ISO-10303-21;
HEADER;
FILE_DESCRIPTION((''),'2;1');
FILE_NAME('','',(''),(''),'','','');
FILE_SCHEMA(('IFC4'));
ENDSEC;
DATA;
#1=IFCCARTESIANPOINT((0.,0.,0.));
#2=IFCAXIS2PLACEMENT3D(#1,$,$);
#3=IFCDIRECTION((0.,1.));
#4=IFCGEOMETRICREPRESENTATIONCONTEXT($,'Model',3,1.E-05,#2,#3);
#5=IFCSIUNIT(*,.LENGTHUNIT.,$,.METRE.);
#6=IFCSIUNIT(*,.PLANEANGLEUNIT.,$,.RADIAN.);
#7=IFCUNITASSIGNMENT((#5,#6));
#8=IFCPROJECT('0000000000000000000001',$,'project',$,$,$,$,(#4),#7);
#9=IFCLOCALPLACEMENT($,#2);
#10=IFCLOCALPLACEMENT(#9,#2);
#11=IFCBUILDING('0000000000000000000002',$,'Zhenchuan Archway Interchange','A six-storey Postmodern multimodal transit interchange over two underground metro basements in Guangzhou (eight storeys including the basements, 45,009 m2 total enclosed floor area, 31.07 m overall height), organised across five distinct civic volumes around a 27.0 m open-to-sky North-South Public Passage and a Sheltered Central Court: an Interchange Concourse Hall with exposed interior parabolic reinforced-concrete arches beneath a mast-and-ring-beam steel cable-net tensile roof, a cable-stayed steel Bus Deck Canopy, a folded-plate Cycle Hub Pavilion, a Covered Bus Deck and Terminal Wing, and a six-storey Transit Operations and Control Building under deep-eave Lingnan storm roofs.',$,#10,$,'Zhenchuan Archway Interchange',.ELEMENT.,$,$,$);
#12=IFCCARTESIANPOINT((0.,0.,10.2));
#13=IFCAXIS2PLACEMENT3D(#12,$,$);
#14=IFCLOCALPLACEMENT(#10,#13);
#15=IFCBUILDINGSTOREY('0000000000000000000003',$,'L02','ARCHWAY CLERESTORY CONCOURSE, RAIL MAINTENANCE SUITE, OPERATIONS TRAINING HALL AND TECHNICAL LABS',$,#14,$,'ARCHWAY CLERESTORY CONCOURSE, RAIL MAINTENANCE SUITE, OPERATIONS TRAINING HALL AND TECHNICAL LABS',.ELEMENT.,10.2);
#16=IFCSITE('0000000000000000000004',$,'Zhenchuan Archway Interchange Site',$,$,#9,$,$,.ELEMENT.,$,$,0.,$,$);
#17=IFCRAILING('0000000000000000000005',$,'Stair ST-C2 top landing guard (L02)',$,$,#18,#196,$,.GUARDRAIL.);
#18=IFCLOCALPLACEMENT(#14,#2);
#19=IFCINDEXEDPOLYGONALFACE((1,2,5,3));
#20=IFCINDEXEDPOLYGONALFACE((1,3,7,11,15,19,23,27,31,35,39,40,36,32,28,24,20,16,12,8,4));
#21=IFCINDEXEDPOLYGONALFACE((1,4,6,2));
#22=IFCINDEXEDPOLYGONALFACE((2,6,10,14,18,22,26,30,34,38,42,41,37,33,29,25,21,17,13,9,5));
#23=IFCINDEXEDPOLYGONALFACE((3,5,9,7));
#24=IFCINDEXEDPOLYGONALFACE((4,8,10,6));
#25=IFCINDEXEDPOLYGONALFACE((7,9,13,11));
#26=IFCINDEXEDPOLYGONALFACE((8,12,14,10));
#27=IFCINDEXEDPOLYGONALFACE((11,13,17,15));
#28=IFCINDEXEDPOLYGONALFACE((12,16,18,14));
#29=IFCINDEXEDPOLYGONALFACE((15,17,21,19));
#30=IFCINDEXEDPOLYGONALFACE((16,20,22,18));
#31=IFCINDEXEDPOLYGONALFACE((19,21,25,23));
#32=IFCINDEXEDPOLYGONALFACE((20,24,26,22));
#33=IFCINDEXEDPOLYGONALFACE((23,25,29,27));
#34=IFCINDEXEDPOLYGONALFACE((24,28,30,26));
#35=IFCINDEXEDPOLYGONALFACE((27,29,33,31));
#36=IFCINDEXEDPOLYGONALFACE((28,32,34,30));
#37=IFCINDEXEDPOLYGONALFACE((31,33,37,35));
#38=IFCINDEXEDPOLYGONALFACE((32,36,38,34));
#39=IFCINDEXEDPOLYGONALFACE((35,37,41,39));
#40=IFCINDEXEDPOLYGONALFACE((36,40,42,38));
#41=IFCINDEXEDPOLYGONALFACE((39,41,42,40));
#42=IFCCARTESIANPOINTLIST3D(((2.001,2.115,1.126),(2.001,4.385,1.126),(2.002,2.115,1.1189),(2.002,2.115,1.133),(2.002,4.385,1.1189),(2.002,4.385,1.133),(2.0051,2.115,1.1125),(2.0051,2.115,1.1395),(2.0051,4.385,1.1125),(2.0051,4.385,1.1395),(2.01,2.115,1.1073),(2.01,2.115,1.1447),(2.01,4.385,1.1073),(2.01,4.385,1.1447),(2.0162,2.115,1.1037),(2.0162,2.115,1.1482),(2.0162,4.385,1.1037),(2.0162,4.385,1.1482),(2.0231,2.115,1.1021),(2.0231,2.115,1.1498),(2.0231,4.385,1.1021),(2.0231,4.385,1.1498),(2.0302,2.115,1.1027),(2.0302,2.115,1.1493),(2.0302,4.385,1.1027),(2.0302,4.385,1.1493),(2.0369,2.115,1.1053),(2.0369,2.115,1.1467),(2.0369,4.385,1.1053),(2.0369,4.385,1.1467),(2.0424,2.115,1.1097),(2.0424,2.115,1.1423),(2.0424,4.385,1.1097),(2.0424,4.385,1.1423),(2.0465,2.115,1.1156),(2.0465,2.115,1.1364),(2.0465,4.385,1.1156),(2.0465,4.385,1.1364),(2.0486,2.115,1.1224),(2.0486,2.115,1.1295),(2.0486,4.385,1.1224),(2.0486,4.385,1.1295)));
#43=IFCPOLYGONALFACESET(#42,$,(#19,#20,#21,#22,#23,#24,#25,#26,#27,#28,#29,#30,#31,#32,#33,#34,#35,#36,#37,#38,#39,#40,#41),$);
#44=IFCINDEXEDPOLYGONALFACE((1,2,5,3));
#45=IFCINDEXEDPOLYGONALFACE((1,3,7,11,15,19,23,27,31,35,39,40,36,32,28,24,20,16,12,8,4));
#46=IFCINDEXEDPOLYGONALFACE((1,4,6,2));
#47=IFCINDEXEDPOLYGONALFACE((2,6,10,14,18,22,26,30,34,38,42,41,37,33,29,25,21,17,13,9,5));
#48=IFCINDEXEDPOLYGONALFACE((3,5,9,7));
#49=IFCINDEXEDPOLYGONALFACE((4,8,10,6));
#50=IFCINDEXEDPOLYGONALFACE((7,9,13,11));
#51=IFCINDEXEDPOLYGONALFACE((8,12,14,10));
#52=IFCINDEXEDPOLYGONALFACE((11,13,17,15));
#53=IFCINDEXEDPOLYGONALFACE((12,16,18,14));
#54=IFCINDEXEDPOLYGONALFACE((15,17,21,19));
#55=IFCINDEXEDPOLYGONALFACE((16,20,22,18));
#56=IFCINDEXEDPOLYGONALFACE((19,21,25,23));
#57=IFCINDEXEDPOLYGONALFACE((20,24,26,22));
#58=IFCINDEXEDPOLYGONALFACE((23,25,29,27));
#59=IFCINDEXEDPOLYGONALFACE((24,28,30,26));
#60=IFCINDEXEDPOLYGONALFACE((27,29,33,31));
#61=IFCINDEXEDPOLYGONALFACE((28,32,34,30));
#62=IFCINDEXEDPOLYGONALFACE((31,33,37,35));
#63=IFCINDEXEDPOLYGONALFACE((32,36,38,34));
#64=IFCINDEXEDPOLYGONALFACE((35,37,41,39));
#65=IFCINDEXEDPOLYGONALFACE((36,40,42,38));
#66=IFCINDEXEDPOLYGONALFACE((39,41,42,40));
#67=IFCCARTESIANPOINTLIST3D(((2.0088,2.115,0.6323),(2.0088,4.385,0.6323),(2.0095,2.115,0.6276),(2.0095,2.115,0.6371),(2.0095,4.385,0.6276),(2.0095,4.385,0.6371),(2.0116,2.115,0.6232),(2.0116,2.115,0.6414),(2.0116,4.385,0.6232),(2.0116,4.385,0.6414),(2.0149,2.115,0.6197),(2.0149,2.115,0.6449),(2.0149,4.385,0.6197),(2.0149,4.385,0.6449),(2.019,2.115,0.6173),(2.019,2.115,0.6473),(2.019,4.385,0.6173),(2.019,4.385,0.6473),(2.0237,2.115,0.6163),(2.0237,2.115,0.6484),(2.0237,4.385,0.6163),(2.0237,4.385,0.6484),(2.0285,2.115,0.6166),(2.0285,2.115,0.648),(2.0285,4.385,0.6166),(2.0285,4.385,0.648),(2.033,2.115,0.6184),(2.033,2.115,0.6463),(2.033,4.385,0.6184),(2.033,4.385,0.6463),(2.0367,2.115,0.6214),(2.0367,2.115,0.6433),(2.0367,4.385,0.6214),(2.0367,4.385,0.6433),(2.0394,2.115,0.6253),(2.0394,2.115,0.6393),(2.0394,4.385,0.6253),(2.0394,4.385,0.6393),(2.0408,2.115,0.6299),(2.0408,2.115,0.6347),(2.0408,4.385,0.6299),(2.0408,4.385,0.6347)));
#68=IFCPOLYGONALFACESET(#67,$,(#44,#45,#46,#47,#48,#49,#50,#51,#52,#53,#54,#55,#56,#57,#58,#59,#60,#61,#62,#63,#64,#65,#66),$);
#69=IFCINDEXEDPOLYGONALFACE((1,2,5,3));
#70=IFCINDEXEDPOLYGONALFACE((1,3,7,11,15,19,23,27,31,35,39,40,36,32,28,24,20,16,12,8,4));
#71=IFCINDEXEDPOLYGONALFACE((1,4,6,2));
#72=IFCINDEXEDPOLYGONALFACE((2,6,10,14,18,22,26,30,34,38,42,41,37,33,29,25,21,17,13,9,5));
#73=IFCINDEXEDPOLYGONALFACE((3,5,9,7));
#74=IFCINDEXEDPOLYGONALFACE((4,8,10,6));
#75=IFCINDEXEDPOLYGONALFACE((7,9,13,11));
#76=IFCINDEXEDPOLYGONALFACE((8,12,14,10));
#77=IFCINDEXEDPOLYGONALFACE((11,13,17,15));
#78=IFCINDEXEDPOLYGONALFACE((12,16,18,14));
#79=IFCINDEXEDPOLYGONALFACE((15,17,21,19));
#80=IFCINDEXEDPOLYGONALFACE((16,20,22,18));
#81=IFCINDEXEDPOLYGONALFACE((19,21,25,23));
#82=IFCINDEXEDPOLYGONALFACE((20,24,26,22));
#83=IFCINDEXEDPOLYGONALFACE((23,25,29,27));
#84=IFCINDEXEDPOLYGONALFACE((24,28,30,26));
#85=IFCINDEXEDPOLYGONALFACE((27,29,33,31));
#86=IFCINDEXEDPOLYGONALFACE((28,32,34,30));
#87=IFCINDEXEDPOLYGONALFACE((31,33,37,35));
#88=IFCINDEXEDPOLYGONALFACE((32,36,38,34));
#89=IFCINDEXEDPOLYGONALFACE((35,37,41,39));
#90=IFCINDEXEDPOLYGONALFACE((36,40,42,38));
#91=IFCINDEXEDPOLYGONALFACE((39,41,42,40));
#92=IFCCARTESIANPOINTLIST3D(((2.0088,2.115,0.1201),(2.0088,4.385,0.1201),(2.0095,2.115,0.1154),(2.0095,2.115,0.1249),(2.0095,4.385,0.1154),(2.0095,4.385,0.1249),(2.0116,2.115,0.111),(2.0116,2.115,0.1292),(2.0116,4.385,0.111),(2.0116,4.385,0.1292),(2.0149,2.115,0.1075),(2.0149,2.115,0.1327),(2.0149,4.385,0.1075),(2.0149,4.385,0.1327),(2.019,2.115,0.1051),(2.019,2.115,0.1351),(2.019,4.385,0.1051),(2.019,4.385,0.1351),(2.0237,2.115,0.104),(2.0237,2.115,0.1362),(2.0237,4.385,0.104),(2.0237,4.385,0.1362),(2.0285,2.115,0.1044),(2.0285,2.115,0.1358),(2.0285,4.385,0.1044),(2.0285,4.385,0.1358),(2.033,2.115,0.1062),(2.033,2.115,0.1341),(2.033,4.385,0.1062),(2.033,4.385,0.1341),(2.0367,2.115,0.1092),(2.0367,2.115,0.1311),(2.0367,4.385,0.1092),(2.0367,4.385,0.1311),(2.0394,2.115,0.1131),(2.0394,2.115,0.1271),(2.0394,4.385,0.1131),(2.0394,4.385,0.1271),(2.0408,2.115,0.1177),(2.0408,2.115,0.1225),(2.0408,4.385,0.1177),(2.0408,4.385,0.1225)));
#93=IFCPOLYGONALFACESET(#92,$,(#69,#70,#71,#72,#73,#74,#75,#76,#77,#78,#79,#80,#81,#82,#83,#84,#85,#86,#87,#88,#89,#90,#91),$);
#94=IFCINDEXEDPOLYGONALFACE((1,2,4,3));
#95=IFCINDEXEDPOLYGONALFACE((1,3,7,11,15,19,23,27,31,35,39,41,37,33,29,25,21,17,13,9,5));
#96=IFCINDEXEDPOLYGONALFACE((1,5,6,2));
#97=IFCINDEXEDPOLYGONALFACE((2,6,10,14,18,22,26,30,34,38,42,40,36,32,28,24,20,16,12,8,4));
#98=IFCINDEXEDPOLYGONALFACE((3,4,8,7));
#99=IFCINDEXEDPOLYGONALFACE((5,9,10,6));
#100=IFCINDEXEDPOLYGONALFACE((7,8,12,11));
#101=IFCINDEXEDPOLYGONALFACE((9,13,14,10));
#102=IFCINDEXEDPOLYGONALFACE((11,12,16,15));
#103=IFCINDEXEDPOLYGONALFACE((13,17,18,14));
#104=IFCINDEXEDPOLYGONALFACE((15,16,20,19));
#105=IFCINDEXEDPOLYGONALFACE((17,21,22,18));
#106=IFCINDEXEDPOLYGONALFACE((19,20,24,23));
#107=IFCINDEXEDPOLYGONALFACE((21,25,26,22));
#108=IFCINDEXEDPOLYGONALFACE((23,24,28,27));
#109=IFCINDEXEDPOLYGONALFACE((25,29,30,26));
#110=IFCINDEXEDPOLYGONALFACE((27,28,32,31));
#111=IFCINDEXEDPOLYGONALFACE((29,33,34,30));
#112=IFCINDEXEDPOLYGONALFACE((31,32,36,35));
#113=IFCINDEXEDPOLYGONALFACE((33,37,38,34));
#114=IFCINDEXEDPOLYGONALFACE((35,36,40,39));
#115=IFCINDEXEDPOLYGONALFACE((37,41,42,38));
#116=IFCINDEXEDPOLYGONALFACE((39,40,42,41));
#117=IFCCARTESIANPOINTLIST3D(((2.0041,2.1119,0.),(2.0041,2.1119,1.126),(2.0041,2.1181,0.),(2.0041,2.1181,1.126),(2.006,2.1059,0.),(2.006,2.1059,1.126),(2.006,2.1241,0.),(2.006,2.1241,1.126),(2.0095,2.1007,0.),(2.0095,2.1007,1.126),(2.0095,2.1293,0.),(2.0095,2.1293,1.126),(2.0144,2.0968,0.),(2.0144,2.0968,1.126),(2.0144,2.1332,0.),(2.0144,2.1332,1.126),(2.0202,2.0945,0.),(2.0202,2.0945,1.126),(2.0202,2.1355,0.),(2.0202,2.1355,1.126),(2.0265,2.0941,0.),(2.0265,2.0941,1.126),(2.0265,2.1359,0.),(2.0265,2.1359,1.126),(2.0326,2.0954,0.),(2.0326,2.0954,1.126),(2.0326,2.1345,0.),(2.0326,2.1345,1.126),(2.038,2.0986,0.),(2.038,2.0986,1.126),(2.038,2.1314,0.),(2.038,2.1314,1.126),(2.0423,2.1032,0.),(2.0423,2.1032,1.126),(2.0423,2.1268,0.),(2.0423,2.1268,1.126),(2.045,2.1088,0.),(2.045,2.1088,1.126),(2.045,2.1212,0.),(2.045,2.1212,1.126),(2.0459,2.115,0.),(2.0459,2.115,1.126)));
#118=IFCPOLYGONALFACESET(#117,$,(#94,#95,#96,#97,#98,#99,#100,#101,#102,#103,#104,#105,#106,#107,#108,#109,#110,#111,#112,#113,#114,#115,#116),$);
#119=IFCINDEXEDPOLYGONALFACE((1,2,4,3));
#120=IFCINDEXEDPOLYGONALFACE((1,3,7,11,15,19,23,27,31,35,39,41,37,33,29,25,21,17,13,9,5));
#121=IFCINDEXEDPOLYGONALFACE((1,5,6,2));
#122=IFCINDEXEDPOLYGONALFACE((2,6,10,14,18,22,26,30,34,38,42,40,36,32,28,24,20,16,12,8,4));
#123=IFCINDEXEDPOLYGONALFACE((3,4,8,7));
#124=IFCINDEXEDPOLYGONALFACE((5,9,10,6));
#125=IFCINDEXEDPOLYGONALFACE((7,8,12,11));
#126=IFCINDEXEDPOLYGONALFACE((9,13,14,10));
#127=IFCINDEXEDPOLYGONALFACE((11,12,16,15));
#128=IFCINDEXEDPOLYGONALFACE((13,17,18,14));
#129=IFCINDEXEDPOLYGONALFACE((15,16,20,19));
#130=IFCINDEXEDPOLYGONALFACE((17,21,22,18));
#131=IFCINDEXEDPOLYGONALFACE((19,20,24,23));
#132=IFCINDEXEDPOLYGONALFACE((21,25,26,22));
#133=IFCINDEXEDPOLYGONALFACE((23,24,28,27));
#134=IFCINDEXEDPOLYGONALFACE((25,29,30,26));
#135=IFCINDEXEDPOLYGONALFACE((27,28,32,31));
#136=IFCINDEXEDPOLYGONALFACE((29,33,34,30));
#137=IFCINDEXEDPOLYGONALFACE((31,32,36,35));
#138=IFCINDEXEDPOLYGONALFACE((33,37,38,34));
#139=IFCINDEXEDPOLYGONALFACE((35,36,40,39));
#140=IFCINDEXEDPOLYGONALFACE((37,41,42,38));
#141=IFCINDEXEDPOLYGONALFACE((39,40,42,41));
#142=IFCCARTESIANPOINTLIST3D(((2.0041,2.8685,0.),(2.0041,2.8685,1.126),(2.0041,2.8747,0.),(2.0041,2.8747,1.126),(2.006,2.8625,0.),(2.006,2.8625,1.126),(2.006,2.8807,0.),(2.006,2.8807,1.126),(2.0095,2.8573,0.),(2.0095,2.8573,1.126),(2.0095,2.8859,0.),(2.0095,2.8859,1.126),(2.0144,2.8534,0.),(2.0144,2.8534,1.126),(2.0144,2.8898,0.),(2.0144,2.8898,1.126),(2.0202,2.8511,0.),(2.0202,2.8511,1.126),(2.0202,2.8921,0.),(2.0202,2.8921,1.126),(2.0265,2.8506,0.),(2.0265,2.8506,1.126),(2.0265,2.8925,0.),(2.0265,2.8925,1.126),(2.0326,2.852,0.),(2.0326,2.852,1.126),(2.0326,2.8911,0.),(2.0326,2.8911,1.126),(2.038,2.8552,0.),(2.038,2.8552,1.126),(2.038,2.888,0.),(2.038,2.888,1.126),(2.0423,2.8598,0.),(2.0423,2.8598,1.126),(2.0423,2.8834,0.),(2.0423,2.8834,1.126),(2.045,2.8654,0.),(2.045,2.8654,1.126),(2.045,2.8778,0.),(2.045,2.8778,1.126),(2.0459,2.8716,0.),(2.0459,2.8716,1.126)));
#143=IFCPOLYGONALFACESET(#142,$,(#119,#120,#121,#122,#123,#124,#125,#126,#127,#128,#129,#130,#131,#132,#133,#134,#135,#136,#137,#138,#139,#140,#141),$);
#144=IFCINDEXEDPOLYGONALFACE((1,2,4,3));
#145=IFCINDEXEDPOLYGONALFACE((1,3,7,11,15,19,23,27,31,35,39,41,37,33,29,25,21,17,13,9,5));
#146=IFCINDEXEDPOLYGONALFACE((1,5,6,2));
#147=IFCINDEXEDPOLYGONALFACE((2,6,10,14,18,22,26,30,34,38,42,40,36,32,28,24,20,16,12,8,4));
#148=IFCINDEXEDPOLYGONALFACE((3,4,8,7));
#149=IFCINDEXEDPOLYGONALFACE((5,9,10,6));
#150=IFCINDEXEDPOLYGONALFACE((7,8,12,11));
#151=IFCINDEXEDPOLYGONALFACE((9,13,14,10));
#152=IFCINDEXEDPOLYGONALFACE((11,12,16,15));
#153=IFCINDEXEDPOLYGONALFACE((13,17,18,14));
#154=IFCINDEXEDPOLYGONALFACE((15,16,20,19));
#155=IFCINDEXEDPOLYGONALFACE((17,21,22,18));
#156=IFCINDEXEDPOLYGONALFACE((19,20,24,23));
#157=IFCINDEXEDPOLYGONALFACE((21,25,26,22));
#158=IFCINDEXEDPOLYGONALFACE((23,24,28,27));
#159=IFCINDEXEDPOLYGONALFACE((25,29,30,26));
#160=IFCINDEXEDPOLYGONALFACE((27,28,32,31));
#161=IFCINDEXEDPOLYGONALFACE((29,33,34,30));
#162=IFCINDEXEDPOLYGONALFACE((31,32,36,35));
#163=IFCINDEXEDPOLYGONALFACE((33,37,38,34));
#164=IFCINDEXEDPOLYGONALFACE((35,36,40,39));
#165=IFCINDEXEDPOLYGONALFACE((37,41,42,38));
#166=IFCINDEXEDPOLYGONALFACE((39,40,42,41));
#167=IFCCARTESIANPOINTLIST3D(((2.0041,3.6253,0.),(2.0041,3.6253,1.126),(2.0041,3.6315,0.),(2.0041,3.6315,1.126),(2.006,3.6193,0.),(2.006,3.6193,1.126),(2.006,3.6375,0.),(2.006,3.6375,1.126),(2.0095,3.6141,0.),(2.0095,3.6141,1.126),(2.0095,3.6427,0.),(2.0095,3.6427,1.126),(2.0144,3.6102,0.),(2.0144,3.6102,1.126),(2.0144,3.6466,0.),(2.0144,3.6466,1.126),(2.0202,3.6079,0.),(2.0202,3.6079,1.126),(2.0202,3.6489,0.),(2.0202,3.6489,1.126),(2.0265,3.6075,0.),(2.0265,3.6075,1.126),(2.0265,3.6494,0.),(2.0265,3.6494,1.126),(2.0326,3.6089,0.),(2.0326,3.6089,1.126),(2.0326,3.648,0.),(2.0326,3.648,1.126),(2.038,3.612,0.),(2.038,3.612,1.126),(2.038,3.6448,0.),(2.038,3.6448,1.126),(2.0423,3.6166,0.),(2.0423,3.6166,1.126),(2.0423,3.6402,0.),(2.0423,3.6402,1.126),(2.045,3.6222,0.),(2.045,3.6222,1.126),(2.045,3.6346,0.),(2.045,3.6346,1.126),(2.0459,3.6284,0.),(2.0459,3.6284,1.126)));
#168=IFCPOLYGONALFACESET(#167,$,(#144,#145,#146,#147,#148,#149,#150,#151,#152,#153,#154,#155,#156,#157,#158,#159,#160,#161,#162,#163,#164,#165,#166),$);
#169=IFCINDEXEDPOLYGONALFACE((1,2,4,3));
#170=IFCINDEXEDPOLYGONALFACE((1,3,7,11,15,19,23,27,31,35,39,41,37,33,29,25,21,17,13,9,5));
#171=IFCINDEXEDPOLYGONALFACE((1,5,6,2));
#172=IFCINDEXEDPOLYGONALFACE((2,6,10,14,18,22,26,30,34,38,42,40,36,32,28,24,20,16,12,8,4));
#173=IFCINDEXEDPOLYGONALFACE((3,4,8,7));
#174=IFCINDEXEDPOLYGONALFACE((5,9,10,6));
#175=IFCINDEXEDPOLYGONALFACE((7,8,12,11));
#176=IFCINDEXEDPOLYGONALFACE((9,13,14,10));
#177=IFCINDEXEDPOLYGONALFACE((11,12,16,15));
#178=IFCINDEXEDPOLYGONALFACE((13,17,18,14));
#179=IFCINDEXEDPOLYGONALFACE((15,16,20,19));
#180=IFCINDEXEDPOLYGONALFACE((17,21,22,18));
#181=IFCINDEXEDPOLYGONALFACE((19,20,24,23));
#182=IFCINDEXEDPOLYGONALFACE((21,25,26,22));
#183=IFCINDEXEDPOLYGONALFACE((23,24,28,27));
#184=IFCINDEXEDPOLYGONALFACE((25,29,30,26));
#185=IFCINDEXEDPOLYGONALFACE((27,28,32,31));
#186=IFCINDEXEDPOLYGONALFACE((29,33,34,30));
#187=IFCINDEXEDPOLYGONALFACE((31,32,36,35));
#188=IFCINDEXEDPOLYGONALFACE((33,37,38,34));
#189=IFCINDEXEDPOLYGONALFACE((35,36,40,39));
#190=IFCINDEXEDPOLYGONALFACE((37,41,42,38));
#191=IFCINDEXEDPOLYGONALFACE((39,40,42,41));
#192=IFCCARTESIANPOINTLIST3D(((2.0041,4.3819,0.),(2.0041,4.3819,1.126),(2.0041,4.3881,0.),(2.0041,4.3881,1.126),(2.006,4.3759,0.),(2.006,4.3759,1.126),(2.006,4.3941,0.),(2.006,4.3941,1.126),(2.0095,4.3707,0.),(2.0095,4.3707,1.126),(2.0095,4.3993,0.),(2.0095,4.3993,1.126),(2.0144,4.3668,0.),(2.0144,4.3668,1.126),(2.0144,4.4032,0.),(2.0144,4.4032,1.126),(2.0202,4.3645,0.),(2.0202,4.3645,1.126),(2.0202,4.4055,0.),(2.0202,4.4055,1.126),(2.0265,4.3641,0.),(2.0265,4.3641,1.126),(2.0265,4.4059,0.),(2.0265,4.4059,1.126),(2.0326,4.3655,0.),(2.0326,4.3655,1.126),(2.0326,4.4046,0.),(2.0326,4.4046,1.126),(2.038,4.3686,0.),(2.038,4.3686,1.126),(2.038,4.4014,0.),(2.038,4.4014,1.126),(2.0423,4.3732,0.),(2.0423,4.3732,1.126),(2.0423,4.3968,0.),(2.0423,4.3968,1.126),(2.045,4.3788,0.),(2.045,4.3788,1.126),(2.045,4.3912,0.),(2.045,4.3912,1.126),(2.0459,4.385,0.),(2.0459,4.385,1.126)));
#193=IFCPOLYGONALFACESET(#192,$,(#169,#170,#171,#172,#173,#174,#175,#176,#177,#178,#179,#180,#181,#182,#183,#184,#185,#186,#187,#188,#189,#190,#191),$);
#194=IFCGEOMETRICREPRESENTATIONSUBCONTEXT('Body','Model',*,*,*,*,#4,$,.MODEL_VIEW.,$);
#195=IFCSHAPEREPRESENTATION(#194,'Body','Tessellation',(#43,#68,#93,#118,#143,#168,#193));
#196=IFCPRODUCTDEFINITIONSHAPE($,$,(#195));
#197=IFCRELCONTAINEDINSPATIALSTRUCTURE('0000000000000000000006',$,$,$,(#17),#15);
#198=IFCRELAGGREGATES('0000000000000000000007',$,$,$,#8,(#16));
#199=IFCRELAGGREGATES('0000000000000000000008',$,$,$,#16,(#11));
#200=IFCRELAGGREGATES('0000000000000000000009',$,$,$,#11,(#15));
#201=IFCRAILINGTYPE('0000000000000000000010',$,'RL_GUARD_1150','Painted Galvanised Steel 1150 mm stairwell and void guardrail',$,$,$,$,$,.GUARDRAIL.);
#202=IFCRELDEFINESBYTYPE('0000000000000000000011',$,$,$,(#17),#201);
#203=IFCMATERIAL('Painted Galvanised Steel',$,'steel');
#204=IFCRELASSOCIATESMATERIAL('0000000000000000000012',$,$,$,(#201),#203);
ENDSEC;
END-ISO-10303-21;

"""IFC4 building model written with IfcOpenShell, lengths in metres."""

from ifc_helpers import new_model, si_unit, direction, frame, origin, origin_2d, place, context, subcontext, project, spatial, circle, extrude, material, type_object, element, save


model = new_model("IFC4")

# Units and contexts
model_context = context("Model", 3, precision=1e-05, world=origin(), true_north=direction((0.0, 1.0)))
body_context = subcontext(model_context, "Body", "Model", "MODEL_VIEW")
ifc_project = project(units=[si_unit("LENGTHUNIT", "METRE"), si_unit("PLANEANGLEUNIT", "RADIAN")], contexts=[model_context])

# Site, building, storey
site_placement = place(None, origin())
site = spatial("IfcSite", under=ifc_project, at=site_placement, Name="Zhenchuan Archway Interchange Site", CompositionType="ELEMENT", RefElevation=0.0)
building_placement = place(site_placement, origin())
building = spatial("IfcBuilding", under=site, at=building_placement, Name="Zhenchuan Archway Interchange", Description="A six-storey Postmodern multimodal transit interchange over two underground metro basements in Guangzhou (eight storeys including the basements, 45,009 m2 total enclosed floor area, 31.07 m overall height), organised across five distinct civic volumes around a 27.0 m open-to-sky North-South Public Passage and a Sheltered Central Court: an Interchange Concourse Hall with exposed interior parabolic reinforced-concrete arches beneath a mast-and-ring-beam steel cable-net tensile roof, a cable-stayed steel Bus Deck Canopy, a folded-plate Cycle Hub Pavilion, a Covered Bus Deck and Terminal Wing, and a six-storey Transit Operations and Control Building under deep-eave Lingnan storm roofs.", LongName="Zhenchuan Archway Interchange", CompositionType="ELEMENT")
storey_placement = place(building_placement, frame((0.0, 0.0, 10.2)))
storey = spatial("IfcBuildingStorey", under=building, at=storey_placement, Name="L02", Description="ARCHWAY CLERESTORY CONCOURSE, RAIL MAINTENANCE SUITE, OPERATIONS TRAINING HALL AND TECHNICAL LABS", LongName="ARCHWAY CLERESTORY CONCOURSE, RAIL MAINTENANCE SUITE, OPERATIONS TRAINING HALL AND TECHNICAL LABS", CompositionType="ELEMENT", Elevation=10.2)

# Railing
ifc_material_1 = material(Name="Painted Galvanised Steel", Category="steel")
railing_type = type_object("IfcRailingType", Name="RL_GUARD_1150", Description="Painted Galvanised Steel 1150 mm stairwell and void guardrail", PredefinedType="GUARDRAIL", material=ifc_material_1)
railing_placement = place(storey_placement, frame((2.0249, 2.115, 0.0)))
element("IfcRailing", 1, at=railing_placement, inside=storey, type_object=railing_type, Name="Stair ST-C2 top landing guard (L02)", PredefinedType="GUARDRAIL", context=body_context, shape_type="SweptSolid", body=[
    extrude(circle(Radius=0.0239, at=origin_2d()), frame((0.0, 0.0, 1.126), z_axis=(0.0, 1.0, 0.0), x_axis=(-1.0, 0.0, 0.0)), (0.0, 0.0, 1.0), 2.27),
    extrude(circle(Radius=0.0161, at=origin_2d()), frame((0.0, 0.0, 0.6323), z_axis=(0.0, 1.0, 0.0), x_axis=(-1.0, 0.0, 0.0)), (0.0, 0.0, 1.0), 2.27),
    extrude(circle(Radius=0.0161, at=origin_2d()), frame((0.0, 0.0, 0.1201), z_axis=(0.0, 1.0, 0.0), x_axis=(-1.0, 0.0, 0.0)), (0.0, 0.0, 1.0), 2.27),
    extrude(circle(Radius=0.021, at=origin_2d()), origin(), (0.0, 0.0, 1.0), 1.126),
    extrude(circle(Radius=0.021, at=origin_2d()), frame((0.0, 0.7566, 0.0)), (0.0, 0.0, 1.0), 1.126),
    extrude(circle(Radius=0.021, at=origin_2d()), frame((0.0, 1.5134, 0.0)), (0.0, 0.0, 1.0), 1.126),
    extrude(circle(Radius=0.021, at=origin_2d()), frame((0.0, 2.27, 0.0)), (0.0, 0.0, 1.0), 1.126),
])

save(model, "model.ifc")
